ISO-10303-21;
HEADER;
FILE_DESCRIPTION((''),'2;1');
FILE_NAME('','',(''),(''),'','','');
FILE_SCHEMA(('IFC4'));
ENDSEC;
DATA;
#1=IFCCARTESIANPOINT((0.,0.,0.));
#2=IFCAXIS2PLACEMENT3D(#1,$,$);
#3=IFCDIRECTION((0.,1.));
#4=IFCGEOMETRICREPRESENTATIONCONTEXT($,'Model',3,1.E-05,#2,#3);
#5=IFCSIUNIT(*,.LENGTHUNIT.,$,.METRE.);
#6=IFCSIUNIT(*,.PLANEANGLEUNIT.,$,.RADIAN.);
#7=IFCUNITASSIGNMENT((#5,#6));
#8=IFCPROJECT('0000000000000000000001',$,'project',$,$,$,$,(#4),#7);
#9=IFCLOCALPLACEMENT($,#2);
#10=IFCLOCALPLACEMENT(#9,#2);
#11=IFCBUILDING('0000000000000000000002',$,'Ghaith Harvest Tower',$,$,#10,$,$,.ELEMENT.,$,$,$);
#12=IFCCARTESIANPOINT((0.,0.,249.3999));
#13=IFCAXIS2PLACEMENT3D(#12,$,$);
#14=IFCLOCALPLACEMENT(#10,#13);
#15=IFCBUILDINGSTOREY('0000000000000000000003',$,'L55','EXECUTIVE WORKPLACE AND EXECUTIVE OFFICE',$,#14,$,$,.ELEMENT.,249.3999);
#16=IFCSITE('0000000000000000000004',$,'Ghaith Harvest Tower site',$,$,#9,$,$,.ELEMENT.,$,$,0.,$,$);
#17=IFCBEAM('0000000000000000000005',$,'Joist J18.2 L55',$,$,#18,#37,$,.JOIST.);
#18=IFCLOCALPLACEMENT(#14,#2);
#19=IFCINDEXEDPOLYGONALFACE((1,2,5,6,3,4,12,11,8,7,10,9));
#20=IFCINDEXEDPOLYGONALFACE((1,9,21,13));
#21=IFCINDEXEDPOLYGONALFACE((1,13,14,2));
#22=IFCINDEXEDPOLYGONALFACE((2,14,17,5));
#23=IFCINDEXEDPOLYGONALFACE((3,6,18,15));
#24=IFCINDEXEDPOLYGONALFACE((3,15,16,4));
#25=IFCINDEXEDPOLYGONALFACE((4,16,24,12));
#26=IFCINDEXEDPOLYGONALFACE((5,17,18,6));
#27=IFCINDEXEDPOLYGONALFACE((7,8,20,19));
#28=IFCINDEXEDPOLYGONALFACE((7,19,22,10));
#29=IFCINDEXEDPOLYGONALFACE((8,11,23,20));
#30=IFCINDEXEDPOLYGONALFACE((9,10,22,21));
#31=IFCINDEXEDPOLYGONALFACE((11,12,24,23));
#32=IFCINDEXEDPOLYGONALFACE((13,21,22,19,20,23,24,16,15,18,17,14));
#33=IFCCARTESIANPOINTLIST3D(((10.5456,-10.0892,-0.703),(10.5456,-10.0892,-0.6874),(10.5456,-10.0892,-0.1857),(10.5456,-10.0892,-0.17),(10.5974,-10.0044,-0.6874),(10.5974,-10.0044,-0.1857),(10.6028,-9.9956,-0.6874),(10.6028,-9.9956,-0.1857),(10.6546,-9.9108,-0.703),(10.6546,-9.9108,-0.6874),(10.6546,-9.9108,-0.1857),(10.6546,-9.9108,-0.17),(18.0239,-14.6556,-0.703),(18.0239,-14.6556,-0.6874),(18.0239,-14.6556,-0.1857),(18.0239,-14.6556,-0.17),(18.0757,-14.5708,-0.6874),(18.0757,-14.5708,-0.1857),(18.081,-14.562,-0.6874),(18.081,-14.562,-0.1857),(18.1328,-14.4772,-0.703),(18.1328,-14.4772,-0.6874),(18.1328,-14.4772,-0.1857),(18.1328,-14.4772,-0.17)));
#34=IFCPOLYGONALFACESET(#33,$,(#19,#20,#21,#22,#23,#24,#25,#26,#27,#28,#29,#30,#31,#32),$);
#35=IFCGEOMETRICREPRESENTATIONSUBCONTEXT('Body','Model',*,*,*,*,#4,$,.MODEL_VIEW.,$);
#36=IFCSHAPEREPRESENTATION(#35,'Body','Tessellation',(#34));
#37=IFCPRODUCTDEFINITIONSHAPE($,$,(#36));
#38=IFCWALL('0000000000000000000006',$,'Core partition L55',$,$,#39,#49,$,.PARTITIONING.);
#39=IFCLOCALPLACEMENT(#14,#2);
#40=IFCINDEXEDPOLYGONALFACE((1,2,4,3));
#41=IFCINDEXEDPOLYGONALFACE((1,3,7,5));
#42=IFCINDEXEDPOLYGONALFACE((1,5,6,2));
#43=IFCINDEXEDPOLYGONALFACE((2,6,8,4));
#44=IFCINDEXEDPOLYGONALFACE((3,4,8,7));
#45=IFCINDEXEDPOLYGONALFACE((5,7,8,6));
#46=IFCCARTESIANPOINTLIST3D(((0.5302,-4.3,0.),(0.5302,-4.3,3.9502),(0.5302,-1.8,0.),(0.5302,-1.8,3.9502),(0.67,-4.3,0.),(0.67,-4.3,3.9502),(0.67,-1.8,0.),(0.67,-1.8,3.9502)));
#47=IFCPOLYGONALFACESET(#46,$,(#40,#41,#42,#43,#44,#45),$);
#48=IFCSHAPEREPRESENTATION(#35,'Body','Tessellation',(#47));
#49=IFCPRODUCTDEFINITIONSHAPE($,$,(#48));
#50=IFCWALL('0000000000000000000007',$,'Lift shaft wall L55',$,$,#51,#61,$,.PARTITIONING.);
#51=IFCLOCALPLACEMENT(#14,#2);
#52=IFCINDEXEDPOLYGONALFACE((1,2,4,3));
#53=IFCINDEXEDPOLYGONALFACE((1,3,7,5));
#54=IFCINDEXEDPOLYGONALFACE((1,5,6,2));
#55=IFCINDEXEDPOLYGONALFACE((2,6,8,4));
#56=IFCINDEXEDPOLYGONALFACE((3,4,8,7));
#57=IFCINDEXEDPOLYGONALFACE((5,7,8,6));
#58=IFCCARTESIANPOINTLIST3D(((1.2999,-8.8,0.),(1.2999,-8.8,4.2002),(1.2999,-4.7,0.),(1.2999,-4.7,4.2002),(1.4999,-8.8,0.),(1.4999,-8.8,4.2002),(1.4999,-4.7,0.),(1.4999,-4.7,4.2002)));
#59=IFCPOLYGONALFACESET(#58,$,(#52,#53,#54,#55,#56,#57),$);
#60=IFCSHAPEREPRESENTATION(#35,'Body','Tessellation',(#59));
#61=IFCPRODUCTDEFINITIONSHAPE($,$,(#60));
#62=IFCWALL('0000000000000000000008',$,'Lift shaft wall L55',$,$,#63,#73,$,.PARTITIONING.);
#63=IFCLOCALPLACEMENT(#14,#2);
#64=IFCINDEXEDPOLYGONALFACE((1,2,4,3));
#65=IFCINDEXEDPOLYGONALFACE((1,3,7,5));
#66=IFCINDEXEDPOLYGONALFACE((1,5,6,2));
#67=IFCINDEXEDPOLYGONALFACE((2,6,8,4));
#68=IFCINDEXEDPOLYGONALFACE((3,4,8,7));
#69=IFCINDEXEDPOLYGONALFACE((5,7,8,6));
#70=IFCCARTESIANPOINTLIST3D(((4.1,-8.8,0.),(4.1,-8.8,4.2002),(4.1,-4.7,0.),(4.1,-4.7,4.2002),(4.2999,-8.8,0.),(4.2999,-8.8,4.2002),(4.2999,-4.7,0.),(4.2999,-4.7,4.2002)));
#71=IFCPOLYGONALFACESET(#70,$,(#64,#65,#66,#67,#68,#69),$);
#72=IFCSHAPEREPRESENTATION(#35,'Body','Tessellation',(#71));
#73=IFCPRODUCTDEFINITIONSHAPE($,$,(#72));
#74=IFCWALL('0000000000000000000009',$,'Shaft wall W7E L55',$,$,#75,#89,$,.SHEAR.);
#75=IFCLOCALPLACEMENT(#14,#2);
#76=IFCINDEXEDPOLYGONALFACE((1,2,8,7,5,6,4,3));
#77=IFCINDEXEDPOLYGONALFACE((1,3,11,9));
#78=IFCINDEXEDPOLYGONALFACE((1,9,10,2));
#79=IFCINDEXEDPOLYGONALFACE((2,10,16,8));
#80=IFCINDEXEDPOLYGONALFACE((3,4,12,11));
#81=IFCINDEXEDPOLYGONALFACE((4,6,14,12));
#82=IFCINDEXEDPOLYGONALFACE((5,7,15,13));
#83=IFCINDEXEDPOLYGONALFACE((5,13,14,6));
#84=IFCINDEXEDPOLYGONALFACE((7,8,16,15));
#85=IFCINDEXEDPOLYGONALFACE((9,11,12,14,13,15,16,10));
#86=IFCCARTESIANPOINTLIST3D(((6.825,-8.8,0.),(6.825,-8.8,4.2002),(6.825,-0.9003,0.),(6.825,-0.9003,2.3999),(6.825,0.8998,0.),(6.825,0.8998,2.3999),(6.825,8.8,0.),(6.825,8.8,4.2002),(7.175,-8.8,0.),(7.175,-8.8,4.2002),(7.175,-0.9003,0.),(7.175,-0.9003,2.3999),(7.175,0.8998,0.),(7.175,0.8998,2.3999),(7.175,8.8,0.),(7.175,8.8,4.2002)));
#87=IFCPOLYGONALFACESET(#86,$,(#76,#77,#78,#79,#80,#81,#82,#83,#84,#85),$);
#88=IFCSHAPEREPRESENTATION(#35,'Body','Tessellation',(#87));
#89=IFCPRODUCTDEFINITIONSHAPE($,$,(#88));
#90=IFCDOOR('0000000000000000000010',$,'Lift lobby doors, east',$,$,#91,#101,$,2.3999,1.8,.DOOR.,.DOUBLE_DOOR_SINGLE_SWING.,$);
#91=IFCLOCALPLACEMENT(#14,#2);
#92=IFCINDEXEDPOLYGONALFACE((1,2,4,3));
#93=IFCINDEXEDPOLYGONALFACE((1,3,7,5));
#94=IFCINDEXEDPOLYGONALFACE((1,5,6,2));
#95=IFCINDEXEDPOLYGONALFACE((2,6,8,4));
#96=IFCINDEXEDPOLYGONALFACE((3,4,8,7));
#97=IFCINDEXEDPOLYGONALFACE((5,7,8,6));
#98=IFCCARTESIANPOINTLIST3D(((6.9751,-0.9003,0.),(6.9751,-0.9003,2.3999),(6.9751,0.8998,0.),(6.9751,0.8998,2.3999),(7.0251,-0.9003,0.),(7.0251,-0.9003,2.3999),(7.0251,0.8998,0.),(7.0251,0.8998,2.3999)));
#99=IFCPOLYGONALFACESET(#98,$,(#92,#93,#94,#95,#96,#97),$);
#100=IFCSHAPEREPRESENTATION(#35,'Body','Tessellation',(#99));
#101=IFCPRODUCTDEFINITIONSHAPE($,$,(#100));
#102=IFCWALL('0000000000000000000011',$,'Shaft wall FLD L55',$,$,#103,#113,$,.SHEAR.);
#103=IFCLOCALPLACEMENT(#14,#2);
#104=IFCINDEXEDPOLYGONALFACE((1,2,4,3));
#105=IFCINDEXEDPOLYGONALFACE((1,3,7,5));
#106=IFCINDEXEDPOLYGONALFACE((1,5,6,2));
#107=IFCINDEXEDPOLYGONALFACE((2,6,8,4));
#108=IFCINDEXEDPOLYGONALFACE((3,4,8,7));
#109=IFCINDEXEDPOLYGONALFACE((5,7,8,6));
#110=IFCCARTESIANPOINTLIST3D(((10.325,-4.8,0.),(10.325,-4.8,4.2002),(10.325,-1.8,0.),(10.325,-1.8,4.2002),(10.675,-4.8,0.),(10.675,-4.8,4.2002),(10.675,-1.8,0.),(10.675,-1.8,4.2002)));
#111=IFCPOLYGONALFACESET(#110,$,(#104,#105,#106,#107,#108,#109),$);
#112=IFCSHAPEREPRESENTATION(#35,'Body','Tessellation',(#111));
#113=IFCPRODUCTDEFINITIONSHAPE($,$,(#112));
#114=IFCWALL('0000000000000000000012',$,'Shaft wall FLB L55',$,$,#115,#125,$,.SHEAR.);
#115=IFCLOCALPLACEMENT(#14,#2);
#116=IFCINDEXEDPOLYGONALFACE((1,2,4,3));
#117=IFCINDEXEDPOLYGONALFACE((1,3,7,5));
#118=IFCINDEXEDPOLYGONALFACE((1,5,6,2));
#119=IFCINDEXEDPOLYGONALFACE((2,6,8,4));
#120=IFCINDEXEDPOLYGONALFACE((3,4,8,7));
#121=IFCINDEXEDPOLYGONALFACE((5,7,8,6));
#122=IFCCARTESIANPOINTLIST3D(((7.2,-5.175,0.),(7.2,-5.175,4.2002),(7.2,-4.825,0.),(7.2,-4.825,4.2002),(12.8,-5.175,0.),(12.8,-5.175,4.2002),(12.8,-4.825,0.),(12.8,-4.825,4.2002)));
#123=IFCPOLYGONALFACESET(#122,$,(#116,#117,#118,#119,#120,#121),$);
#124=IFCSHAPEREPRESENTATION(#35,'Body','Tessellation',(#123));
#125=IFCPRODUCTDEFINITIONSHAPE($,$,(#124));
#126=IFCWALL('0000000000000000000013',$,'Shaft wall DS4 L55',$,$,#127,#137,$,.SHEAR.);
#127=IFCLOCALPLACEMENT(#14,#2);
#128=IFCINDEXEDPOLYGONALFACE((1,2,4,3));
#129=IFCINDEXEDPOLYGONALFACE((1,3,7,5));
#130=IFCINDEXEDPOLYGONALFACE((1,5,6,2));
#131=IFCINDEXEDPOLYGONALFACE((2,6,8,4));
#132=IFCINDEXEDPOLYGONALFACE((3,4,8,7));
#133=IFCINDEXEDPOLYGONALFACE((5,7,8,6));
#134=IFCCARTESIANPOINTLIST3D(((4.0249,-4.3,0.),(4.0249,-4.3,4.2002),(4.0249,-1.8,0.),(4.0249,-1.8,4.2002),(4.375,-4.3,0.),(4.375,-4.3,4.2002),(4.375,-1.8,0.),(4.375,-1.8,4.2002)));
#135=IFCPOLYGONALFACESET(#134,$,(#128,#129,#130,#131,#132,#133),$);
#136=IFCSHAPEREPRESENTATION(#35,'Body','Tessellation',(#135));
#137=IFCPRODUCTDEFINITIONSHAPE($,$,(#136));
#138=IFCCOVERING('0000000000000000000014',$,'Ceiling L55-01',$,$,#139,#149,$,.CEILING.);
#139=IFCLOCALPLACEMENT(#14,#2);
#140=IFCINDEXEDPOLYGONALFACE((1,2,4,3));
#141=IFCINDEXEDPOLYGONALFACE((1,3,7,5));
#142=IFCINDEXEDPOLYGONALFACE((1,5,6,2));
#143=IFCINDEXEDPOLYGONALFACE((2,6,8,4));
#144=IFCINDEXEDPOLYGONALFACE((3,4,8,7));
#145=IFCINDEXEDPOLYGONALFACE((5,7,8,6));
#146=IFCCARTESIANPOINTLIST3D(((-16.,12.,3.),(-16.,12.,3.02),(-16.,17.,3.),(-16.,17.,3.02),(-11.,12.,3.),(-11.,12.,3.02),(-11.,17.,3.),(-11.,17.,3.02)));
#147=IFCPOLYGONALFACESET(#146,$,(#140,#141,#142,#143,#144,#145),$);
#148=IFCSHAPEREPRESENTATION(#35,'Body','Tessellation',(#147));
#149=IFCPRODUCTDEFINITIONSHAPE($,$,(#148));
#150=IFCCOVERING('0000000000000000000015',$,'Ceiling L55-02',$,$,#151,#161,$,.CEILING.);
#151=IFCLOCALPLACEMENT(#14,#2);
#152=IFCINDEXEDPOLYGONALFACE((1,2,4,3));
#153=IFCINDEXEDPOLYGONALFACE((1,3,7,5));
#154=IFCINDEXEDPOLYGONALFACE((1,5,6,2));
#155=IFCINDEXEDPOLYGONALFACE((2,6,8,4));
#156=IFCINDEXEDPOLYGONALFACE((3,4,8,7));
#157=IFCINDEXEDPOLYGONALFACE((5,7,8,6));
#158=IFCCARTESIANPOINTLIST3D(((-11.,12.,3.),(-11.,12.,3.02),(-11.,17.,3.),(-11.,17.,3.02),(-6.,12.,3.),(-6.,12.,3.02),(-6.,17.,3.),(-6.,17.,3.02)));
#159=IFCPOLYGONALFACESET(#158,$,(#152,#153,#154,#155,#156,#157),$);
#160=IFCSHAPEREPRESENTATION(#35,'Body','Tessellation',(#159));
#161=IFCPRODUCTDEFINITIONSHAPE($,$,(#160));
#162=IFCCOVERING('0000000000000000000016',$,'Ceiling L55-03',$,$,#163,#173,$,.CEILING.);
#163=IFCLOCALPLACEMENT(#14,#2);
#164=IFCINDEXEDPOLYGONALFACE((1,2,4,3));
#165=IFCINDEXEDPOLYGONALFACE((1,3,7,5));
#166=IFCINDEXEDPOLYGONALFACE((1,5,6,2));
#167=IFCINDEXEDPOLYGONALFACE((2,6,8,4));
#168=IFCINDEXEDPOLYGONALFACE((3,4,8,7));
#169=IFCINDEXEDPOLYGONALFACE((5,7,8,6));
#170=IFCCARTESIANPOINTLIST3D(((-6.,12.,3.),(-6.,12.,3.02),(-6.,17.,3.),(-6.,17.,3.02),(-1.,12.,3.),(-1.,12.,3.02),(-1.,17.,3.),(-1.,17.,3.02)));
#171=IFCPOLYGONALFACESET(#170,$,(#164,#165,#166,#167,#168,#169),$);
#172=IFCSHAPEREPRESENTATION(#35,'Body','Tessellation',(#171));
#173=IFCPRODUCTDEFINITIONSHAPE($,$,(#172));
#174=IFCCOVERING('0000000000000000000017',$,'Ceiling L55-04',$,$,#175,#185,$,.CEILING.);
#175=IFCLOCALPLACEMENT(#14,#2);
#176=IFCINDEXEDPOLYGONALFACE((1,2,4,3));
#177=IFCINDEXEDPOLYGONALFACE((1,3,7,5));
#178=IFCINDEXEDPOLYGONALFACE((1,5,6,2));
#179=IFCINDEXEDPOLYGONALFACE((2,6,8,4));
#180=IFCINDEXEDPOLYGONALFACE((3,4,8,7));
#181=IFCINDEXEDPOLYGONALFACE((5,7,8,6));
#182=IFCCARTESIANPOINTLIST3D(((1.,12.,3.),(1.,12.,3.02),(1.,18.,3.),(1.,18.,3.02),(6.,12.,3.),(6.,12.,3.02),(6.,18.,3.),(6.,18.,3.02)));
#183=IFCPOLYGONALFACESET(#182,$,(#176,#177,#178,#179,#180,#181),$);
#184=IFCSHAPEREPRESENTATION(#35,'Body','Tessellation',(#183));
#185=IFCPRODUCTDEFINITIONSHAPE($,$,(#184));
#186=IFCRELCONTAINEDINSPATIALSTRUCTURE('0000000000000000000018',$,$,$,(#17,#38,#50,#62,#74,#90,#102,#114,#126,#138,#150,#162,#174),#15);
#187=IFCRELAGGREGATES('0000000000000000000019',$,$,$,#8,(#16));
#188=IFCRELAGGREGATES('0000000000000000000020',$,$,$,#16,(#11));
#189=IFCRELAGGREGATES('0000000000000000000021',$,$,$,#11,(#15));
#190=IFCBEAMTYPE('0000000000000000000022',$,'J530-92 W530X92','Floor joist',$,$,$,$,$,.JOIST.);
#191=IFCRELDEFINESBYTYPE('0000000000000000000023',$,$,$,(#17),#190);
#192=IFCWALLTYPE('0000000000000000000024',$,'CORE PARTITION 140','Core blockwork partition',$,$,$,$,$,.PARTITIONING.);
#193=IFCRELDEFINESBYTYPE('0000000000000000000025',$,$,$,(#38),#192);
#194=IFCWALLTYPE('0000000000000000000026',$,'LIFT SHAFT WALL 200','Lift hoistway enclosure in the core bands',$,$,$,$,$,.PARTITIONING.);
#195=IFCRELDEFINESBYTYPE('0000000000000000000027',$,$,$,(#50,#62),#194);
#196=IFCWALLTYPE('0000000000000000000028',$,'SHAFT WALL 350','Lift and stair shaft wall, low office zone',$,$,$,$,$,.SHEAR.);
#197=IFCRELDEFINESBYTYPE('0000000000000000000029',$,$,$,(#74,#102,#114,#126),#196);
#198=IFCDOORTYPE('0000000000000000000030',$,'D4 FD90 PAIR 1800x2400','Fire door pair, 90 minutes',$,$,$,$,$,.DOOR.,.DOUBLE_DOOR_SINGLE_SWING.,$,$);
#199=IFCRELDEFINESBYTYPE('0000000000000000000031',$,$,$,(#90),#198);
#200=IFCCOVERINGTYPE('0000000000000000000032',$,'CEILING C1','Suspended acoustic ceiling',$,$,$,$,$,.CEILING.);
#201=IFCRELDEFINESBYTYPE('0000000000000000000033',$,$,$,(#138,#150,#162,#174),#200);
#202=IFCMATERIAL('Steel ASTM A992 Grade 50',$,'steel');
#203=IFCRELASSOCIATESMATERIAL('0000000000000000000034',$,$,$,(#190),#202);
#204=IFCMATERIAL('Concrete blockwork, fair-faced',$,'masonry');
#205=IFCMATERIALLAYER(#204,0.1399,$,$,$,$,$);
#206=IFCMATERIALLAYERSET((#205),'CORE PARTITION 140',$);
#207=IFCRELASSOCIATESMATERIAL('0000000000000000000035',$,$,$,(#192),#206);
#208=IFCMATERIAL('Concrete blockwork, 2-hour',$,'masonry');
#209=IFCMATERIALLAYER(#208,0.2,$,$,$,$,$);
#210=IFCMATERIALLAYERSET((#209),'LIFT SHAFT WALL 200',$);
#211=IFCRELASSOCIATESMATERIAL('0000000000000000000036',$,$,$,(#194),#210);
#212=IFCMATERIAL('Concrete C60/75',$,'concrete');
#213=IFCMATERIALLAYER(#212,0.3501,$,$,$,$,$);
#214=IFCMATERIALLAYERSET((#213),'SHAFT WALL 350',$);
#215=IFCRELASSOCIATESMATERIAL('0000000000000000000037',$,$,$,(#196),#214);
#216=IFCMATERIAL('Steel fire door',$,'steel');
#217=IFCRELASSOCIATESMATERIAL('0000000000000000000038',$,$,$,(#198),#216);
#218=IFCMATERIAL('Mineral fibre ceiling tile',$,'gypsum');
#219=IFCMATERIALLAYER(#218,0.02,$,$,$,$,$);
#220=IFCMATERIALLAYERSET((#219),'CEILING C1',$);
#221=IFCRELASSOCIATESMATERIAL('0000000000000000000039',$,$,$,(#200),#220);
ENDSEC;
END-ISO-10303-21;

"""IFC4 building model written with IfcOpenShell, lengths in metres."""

from ifc_helpers import new_model, si_unit, direction, frame, frame_2d, origin, origin_2d, place, context, subcontext, project, spatial, polyline, rectangle, i_section, outline, extrude, material, layer, layer_set, material_profile, profile_set, type_object, element, fill, save


model = new_model("IFC4")

# Units and contexts
model_context = context("Model", 3, precision=1e-05, world=origin(), true_north=direction((0.0, 1.0)))
body_context = subcontext(model_context, "Body", "Model", "MODEL_VIEW")
ifc_project = project(units=[si_unit("LENGTHUNIT", "METRE"), si_unit("PLANEANGLEUNIT", "RADIAN")], contexts=[model_context])

# Site, building, storey
site_placement = place(None, origin())
site = spatial("IfcSite", under=ifc_project, at=site_placement, Name="Ghaith Harvest Tower site", CompositionType="ELEMENT", RefElevation=0.0)
building_placement = place(site_placement, origin())
building = spatial("IfcBuilding", under=site, at=building_placement, Name="Ghaith Harvest Tower", CompositionType="ELEMENT")
storey_placement = place(building_placement, frame((0.0, 0.0, 249.3999)))
storey = spatial("IfcBuildingStorey", under=building, at=storey_placement, Name="L55", Description="EXECUTIVE WORKPLACE AND EXECUTIVE OFFICE", CompositionType="ELEMENT", Elevation=249.3999)

# Beam
ifc_material_1 = material(Name="Steel ASTM A992 Grade 50", Category="steel")
ifc_material_profile = material_profile(ifc_material_1, i_section(OverallWidth=0.209, OverallDepth=0.533, WebThickness=0.0103, FlangeThickness=0.0156, at=origin_2d()), Name="W530X92")
ifc_profile_set = profile_set([ifc_material_profile], Name="Steel ASTM A992 Grade 50")
beam_type = type_object("IfcBeamType", Name="J530-92 W530X92", Description="Floor joist", PredefinedType="JOIST", material=ifc_profile_set)
beam_placement = place(storey_placement, frame((10.6001, -10.0, -0.4365), z_axis=(0.853467, -0.521147, 0.0), x_axis=(0.521147, 0.853467, 0.0)))
element("IfcBeam", 1, at=beam_placement, inside=storey, type_object=beam_type, Name="Joist J18.2 L55", PredefinedType="JOIST", context=body_context, shape_type="SweptSolid", body=[
    extrude(i_section(OverallWidth=0.209, OverallDepth=0.533, WebThickness=0.0103, FlangeThickness=0.0156, at=origin_2d()), origin(), (0.0, 0.0, 1.0), 8.7622),
])

# Walls
ifc_material_2 = material(Name="Concrete blockwork, fair-faced", Category="masonry")
ifc_layer_1 = layer(ifc_material_2, 0.1399)
ifc_layer_set_1 = layer_set([ifc_layer_1], Name="CORE PARTITION 140")
wall_type_1 = type_object("IfcWallType", Name="CORE PARTITION 140", Description="Core blockwork partition", PredefinedType="PARTITIONING", material=ifc_layer_set_1)
wall_1_placement = place(storey_placement, frame((0.6001, -1.8, 0.0), z_axis=(0.0, 0.0, 1.0), x_axis=(0.0, -1.0, 0.0)))
element("IfcWall", 2, at=wall_1_placement, inside=storey, type_object=wall_type_1, Name="Core partition L55", PredefinedType="PARTITIONING", context=body_context, shape_type="SweptSolid", body=[
    extrude(rectangle(XDim=2.5, YDim=0.1399, at=frame_2d((1.25, 0.0))), origin(), (0.0, 0.0, 1.0), 3.9502),
])
ifc_material_3 = material(Name="Concrete blockwork, 2-hour", Category="masonry")
ifc_layer_2 = layer(ifc_material_3, 0.2)
ifc_layer_set_2 = layer_set([ifc_layer_2], Name="LIFT SHAFT WALL 200")
wall_type_2 = type_object("IfcWallType", Name="LIFT SHAFT WALL 200", Description="Lift hoistway enclosure in the core bands", PredefinedType="PARTITIONING", material=ifc_layer_set_2)
for number, where, z_axis, x_axis, name in (
    (3, (1.3999, -4.7, 0.0), (0.0, 0.0, 1.0), (0.0, -1.0, 0.0), "Lift shaft wall L55"),
    (4, (4.2, -4.7, 0.0), (0.0, 0.0, 1.0), (0.0, -1.0, 0.0), "Lift shaft wall L55"),
):
    element("IfcWall", number, at=place(storey_placement, frame(where, z_axis=z_axis, x_axis=x_axis)), inside=storey, type_object=wall_type_2, Name=name, PredefinedType="PARTITIONING", context=body_context, shape_type="SweptSolid", body=[
        extrude(rectangle(XDim=4.1001, YDim=0.2, at=frame_2d((2.05, 0.0))), origin(), (0.0, 0.0, 1.0), 4.2002),
    ])

# Wall, opening, door
ifc_material_4 = material(Name="Concrete C60/75", Category="concrete")
ifc_layer_3 = layer(ifc_material_4, 0.3501)
ifc_layer_set_3 = layer_set([ifc_layer_3], Name="SHAFT WALL 350")
wall_type_3 = type_object("IfcWallType", Name="SHAFT WALL 350", Description="Lift and stair shaft wall, low office zone", PredefinedType="SHEAR", material=ifc_layer_set_3)
wall_2_placement = place(storey_placement, frame((7.0, -8.8, 0.0), z_axis=(0.0, 0.0, 1.0), x_axis=(0.0, 1.0, 0.0)))
wall_2 = element("IfcWall", 5, at=wall_2_placement, inside=storey, type_object=wall_type_3, Name="Shaft wall W7E L55", PredefinedType="SHEAR", context=body_context, shape_type="SweptSolid", body=[
    extrude(rectangle(XDim=17.6001, YDim=0.3501, at=frame_2d((8.8, 0.0))), origin(), (0.0, 0.0, 1.0), 4.2002),
])
opening_1_placement = place(wall_2_placement, frame((7.8999, 0.0, 0.0)))
opening_1 = element("IfcOpeningElement", 6, at=opening_1_placement, cuts=wall_2, PredefinedType="OPENING", context=body_context, shape_type="SweptSolid", body=[
    extrude(rectangle(XDim=1.8, YDim=2.3999, at=frame_2d((0.8999, 1.2))), frame((0.0, 0.1851, 0.0), z_axis=(0.0, -1.0, 0.0), x_axis=(1.0, 0.0, 0.0)), (0.0, 0.0, 1.0), 0.3701),
])
ifc_material_5 = material(Name="Steel fire door", Category="steel")
door_type_1 = type_object("IfcDoorType", Name="D4 FD90 PAIR 1800x2400", Description="Fire door pair, 90 minutes", OperationType="DOUBLE_DOOR_SINGLE_SWING", PredefinedType="DOOR", material=ifc_material_5)
door_1_placement = place(opening_1_placement, origin())
door_1 = element("IfcDoor", 7, at=door_1_placement, inside=storey, type_object=door_type_1, Name="Lift lobby doors, east", OperationType="DOUBLE_DOOR_SINGLE_SWING", OverallHeight=2.3999, OverallWidth=1.8, PredefinedType="DOOR", context=body_context, shape_type="SweptSolid", body=[
    extrude(rectangle(XDim=1.8, YDim=2.3999, at=frame_2d((0.8999, 1.2))), frame((0.0, 0.0249, 0.0), z_axis=(0.0, -1.0, 0.0), x_axis=(1.0, 0.0, 0.0)), (0.0, 0.0, 1.0), 0.05),
])
fill(opening_1, door_1)

# Walls
wall_3_placement = place(storey_placement, frame((10.5, -4.8, 0.0), z_axis=(0.0, 0.0, 1.0), x_axis=(0.0, 1.0, 0.0)))
element("IfcWall", 8, at=wall_3_placement, inside=storey, type_object=wall_type_3, Name="Shaft wall FLD L55", PredefinedType="SHEAR", context=body_context, shape_type="SweptSolid", body=[
    extrude(rectangle(XDim=3.0, YDim=0.3501, at=frame_2d((1.5, 0.0))), origin(), (0.0, 0.0, 1.0), 4.2002),
])
wall_4_placement = place(storey_placement, frame((7.2, -5.0, 0.0), z_axis=(0.0, 0.0, 1.0), x_axis=(1.0, 0.0, 0.0)))
element("IfcWall", 9, at=wall_4_placement, inside=storey, type_object=wall_type_3, Name="Shaft wall FLB L55", PredefinedType="SHEAR", context=body_context, shape_type="SweptSolid", body=[
    extrude(rectangle(XDim=5.6001, YDim=0.3501, at=frame_2d((2.8, 0.0))), origin(), (0.0, 0.0, 1.0), 4.2002),
])
wall_5_placement = place(storey_placement, frame((4.2, -4.3, 0.0), z_axis=(0.0, 0.0, 1.0), x_axis=(0.0, 1.0, 0.0)))
element("IfcWall", 10, at=wall_5_placement, inside=storey, type_object=wall_type_3, Name="Shaft wall DS4 L55", PredefinedType="SHEAR", context=body_context, shape_type="SweptSolid", body=[
    extrude(rectangle(XDim=2.5, YDim=0.3501, at=frame_2d((1.25, 0.0))), origin(), (0.0, 0.0, 1.0), 4.2002),
])

# Coverings
ifc_material_6 = material(Name="Mineral fibre ceiling tile", Category="gypsum")
ifc_layer_4 = layer(ifc_material_6, 0.02)
ifc_layer_set_4 = layer_set([ifc_layer_4], Name="CEILING C1")
covering_type = type_object("IfcCoveringType", Name="CEILING C1", Description="Suspended acoustic ceiling", PredefinedType="CEILING", material=ifc_layer_set_4)
covering_1_placement = place(storey_placement, frame((0.0, 0.0, 3.0)))
element("IfcCovering", 11, at=covering_1_placement, inside=storey, type_object=covering_type, Name="Ceiling L55-01", PredefinedType="CEILING", context=body_context, shape_type="SweptSolid", body=[
    extrude(outline(polyline([(-16.0, 12.0), (-11.0, 12.0), (-11.0, 17.0), (-16.0, 17.0), (-16.0, 12.0)])), origin(), (0.0, 0.0, 1.0), 0.02),
])
covering_2_placement = place(storey_placement, frame((0.0, 0.0, 3.0)))
element("IfcCovering", 12, at=covering_2_placement, inside=storey, type_object=covering_type, Name="Ceiling L55-02", PredefinedType="CEILING", context=body_context, shape_type="SweptSolid", body=[
    extrude(outline(polyline([(-11.0, 12.0), (-6.0, 12.0), (-6.0, 17.0), (-11.0, 17.0), (-11.0, 12.0)])), origin(), (0.0, 0.0, 1.0), 0.02),
])
covering_3_placement = place(storey_placement, frame((0.0, 0.0, 3.0)))
element("IfcCovering", 13, at=covering_3_placement, inside=storey, type_object=covering_type, Name="Ceiling L55-03", PredefinedType="CEILING", context=body_context, shape_type="SweptSolid", body=[
    extrude(outline(polyline([(-6.0, 12.0), (-1.0, 12.0), (-1.0, 17.0), (-6.0, 17.0), (-6.0, 12.0)])), origin(), (0.0, 0.0, 1.0), 0.02),
])
covering_4_placement = place(storey_placement, frame((0.0, 0.0, 3.0)))
element("IfcCovering", 14, at=covering_4_placement, inside=storey, type_object=covering_type, Name="Ceiling L55-04", PredefinedType="CEILING", context=body_context, shape_type="SweptSolid", body=[
    extrude(outline(polyline([(1.0, 12.0), (6.0, 12.0), (6.0, 18.0), (1.0, 18.0), (1.0, 12.0)])), origin(), (0.0, 0.0, 1.0), 0.02),
])

save(model, "model.ifc")
